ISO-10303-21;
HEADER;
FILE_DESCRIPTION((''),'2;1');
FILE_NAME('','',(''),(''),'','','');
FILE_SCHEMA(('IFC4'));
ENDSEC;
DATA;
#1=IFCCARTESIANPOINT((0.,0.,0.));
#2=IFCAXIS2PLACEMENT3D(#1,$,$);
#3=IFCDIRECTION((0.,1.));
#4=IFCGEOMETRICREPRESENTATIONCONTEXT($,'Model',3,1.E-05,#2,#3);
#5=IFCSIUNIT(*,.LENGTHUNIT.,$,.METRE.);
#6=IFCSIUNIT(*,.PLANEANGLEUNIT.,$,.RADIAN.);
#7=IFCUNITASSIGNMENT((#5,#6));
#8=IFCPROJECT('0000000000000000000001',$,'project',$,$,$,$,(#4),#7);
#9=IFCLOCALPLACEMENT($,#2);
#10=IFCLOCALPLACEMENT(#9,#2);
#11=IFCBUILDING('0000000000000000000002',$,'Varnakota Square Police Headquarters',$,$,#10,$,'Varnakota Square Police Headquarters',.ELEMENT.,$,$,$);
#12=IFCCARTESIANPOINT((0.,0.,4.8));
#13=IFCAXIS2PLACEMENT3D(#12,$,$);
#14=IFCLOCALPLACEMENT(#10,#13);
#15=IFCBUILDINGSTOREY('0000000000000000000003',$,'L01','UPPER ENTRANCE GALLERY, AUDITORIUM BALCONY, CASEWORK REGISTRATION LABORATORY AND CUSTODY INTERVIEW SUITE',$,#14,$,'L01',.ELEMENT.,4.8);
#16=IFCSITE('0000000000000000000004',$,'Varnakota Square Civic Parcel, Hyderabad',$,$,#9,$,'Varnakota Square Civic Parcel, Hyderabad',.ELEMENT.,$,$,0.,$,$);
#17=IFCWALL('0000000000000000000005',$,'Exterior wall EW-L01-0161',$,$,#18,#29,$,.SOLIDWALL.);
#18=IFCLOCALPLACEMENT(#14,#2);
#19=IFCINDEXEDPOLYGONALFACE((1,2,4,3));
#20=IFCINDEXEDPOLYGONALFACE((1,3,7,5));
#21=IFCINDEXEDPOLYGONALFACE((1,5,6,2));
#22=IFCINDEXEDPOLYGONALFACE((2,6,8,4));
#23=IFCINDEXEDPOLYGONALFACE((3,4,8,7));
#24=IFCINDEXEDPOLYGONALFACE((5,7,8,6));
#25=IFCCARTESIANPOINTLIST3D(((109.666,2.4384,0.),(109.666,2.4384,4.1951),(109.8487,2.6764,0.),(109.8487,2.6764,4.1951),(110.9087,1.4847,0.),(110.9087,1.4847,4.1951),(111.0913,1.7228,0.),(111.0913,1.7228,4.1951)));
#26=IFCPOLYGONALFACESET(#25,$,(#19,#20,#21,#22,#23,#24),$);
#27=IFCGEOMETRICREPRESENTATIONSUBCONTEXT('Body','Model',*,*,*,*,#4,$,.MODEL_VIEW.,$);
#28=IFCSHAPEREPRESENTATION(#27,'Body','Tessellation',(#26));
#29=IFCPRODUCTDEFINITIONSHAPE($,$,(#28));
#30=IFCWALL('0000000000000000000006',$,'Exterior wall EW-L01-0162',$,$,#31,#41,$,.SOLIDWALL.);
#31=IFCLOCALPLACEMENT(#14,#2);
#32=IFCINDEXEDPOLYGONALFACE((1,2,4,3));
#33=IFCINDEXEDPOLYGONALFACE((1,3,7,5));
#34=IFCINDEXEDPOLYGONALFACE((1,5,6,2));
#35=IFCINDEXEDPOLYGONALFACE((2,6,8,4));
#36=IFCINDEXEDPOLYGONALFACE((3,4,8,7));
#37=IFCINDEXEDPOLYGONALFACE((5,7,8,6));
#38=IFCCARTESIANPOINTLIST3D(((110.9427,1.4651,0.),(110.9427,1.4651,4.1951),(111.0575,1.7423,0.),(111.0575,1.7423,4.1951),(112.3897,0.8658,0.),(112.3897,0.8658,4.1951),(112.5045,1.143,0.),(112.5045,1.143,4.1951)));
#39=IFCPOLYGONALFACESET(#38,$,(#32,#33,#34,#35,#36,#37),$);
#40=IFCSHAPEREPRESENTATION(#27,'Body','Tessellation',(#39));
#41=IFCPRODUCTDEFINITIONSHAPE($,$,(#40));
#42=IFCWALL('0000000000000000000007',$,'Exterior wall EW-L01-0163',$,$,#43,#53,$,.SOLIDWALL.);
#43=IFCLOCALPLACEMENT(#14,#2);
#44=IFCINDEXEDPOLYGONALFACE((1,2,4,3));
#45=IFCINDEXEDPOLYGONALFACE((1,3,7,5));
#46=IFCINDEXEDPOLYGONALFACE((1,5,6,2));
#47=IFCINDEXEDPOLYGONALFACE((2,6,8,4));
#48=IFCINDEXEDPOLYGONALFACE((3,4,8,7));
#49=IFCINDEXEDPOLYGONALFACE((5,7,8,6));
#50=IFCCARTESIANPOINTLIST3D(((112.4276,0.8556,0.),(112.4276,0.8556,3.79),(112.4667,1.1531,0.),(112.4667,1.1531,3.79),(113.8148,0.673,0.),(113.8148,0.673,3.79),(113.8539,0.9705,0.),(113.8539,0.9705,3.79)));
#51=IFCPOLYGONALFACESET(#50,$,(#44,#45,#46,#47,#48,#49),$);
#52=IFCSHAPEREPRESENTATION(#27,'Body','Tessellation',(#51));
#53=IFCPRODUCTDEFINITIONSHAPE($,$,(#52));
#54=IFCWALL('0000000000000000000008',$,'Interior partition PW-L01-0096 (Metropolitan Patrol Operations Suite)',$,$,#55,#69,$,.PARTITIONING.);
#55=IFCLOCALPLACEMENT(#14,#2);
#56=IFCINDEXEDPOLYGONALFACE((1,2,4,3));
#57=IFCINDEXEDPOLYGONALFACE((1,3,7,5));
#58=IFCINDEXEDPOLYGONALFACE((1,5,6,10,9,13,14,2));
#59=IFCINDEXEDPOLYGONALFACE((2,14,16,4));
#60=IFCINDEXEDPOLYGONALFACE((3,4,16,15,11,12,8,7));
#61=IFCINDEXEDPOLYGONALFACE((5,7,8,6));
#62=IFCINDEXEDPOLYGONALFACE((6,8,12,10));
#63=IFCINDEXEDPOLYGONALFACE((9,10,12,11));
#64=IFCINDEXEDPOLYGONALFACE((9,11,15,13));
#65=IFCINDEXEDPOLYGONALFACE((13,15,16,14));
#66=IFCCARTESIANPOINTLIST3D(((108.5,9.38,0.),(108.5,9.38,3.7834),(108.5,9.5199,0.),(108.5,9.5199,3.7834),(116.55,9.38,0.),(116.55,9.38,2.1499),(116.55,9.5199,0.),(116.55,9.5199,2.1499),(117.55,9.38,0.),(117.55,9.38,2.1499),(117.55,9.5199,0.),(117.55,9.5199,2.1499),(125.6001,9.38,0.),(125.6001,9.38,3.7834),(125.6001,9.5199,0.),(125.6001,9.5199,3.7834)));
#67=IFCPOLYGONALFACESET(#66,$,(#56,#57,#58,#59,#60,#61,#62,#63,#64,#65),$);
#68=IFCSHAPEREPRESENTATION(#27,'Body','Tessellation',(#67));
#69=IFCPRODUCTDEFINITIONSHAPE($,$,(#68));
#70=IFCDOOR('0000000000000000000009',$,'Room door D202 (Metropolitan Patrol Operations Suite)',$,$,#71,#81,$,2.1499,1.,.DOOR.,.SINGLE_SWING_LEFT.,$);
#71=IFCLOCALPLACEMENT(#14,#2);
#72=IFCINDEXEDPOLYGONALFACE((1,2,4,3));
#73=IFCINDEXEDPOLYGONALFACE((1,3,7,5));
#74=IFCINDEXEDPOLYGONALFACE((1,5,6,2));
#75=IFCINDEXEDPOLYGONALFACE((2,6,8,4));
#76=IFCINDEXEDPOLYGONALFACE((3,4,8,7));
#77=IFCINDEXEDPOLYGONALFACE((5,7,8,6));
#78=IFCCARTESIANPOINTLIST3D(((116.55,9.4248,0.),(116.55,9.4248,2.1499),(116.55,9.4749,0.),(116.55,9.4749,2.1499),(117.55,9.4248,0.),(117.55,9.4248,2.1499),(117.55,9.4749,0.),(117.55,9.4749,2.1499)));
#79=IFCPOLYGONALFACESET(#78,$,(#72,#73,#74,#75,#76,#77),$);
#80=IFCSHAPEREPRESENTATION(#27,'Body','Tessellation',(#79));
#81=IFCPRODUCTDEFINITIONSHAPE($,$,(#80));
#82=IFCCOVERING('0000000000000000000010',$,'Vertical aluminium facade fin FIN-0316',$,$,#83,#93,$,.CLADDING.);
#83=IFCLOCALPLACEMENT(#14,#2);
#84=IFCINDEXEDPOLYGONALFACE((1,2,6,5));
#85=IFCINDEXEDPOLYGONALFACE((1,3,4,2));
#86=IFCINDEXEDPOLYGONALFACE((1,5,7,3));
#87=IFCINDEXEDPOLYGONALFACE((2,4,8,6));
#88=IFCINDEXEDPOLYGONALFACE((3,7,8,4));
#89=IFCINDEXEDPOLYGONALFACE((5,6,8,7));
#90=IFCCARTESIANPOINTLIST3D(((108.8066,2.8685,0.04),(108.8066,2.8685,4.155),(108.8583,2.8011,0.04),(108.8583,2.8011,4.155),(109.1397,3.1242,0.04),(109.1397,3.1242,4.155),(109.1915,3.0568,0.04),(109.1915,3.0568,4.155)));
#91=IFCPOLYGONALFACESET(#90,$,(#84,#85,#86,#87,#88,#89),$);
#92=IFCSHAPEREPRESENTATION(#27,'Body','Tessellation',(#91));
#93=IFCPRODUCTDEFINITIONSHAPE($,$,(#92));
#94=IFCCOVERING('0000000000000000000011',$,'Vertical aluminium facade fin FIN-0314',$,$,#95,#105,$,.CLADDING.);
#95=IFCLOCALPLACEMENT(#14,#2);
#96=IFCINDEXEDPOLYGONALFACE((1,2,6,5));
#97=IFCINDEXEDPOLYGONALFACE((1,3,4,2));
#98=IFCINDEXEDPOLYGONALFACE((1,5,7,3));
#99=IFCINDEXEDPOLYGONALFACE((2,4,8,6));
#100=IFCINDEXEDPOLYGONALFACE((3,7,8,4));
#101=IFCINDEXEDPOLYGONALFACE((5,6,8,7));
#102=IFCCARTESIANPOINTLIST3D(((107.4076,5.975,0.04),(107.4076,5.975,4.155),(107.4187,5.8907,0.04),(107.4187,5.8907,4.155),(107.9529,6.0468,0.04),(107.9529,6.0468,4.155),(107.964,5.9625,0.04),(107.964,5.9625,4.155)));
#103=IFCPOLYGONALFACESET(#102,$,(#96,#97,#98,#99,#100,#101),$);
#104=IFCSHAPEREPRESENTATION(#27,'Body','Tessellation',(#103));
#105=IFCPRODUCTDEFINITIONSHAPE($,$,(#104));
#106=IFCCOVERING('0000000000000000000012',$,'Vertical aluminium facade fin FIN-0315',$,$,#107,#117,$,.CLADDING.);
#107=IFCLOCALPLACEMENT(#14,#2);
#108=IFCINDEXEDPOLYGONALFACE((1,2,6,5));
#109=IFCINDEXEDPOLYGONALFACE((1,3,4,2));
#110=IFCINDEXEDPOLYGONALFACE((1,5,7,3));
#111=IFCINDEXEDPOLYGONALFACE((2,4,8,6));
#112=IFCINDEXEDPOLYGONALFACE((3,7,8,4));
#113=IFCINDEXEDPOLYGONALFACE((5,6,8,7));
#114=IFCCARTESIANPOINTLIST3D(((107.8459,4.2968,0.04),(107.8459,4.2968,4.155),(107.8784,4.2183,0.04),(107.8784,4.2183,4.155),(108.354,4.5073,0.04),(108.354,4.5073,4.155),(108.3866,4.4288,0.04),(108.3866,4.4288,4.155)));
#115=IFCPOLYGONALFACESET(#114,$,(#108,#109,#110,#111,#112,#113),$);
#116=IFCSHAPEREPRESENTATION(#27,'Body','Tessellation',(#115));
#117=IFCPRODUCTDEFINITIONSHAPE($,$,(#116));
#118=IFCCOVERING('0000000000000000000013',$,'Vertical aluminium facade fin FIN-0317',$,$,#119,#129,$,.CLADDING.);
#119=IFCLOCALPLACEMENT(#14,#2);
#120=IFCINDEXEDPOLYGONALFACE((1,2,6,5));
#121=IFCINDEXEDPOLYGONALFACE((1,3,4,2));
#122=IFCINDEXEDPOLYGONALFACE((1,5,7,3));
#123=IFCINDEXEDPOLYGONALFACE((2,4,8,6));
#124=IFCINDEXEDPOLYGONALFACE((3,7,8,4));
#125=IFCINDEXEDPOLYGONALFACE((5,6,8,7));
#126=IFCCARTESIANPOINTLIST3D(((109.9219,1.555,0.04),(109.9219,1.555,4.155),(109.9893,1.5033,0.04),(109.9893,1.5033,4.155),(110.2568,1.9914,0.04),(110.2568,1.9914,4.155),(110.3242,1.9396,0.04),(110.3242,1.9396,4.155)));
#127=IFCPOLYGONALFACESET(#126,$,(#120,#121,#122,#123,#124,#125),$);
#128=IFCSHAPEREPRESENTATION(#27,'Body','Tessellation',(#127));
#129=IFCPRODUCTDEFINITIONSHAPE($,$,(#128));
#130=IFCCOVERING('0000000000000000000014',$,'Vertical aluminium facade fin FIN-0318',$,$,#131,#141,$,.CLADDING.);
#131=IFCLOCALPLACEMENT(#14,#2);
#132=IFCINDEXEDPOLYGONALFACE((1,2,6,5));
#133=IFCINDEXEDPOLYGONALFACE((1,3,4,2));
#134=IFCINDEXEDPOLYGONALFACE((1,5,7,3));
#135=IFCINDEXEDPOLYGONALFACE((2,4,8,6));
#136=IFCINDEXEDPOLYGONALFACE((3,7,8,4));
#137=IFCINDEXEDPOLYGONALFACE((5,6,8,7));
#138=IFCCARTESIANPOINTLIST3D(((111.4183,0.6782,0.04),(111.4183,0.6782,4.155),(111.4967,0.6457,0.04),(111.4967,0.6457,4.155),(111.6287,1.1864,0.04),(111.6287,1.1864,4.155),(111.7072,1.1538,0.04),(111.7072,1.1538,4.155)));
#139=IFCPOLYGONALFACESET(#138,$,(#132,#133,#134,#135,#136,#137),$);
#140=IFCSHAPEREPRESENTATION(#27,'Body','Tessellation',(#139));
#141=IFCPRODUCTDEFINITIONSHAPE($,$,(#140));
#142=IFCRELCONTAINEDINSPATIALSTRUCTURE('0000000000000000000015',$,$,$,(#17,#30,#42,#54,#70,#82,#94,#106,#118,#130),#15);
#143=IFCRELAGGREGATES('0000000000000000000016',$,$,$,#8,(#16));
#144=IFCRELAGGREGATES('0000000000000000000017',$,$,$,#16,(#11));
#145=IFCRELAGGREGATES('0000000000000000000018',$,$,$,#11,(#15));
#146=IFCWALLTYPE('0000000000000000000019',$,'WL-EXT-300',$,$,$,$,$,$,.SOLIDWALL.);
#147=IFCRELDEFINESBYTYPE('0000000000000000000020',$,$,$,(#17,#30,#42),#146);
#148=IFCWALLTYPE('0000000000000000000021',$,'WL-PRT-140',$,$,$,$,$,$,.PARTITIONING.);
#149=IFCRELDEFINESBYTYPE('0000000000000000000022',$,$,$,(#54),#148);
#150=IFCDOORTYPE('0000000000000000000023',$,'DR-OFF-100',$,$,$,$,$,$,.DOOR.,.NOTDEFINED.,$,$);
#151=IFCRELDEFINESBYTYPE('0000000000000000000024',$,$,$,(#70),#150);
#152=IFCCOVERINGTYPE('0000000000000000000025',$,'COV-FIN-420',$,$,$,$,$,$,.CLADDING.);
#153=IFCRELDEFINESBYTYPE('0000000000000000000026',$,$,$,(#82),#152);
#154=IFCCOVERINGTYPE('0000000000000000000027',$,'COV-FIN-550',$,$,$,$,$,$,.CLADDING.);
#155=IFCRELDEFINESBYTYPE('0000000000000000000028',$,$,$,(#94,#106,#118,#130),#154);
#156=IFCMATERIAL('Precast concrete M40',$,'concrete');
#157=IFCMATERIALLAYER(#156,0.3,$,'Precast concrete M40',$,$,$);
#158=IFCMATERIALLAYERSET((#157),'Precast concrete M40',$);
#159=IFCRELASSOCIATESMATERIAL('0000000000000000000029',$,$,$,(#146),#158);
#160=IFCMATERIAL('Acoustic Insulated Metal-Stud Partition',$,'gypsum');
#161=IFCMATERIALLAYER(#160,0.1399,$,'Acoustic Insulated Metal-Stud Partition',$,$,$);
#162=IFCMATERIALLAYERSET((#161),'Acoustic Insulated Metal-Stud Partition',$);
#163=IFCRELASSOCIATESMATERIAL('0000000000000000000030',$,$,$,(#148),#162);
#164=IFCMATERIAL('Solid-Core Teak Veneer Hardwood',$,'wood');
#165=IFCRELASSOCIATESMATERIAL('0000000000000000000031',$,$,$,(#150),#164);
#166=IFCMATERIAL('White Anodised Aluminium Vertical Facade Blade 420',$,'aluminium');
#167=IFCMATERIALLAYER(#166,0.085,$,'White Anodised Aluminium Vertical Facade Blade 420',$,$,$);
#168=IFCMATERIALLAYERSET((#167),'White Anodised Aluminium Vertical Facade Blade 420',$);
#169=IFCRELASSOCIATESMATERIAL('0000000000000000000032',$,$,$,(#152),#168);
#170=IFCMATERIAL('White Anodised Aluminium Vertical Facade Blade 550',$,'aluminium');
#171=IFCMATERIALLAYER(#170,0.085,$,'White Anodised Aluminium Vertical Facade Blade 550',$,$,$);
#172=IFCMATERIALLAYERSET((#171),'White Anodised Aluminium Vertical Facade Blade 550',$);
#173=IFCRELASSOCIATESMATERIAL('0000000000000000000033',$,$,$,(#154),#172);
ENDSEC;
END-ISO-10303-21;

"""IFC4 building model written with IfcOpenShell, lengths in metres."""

from ifc_helpers import new_model, si_unit, direction, frame, frame_2d, origin, origin_2d, place, context, subcontext, project, spatial, rectangle, extrude, material, layer, layer_set, type_object, element, fill, save


model = new_model("IFC4")

# Units and contexts
model_context = context("Model", 3, precision=1e-05, world=origin(), true_north=direction((0.0, 1.0)))
body_context = subcontext(model_context, "Body", "Model", "MODEL_VIEW")
ifc_project = project(units=[si_unit("LENGTHUNIT", "METRE"), si_unit("PLANEANGLEUNIT", "RADIAN")], contexts=[model_context])

# Site, building, storey
site_placement = place(None, origin())
site = spatial("IfcSite", under=ifc_project, at=site_placement, Name="Varnakota Square Civic Parcel, Hyderabad", LongName="Varnakota Square Civic Parcel, Hyderabad", CompositionType="ELEMENT", RefElevation=0.0)
building_placement = place(site_placement, origin())
building = spatial("IfcBuilding", under=site, at=building_placement, Name="Varnakota Square Police Headquarters", LongName="Varnakota Square Police Headquarters", CompositionType="ELEMENT")
storey_placement = place(building_placement, frame((0.0, 0.0, 4.8)))
storey = spatial("IfcBuildingStorey", under=building, at=storey_placement, Name="L01", Description="UPPER ENTRANCE GALLERY, AUDITORIUM BALCONY, CASEWORK REGISTRATION LABORATORY AND CUSTODY INTERVIEW SUITE", LongName="L01", CompositionType="ELEMENT", Elevation=4.8)

# Walls
ifc_material_1 = material(Name="Precast concrete M40", Category="concrete")
ifc_layer_1 = layer(ifc_material_1, 0.3, Name="Precast concrete M40")
ifc_layer_set_1 = layer_set([ifc_layer_1], Name="Precast concrete M40")
wall_type_1 = type_object("IfcWallType", Name="WL-EXT-300", PredefinedType="SOLIDWALL", material=ifc_layer_set_1)
for number, where, z_axis, x_axis, name in (
    (1, (109.7573, 2.5574, 0.0), (0.0, 0.0, 1.0), (0.79333, -0.608791, 0.0), "Exterior wall EW-L01-0161"),
):
    element("IfcWall", number, at=place(storey_placement, frame(where, z_axis=z_axis, x_axis=x_axis)), inside=storey, type_object=wall_type_1, Name=name, PredefinedType="SOLIDWALL", context=body_context, shape_type="SweptSolid", body=[
        extrude(rectangle(XDim=1.5664, YDim=0.3, at=frame_2d((0.7832, 0.0))), origin(), (0.0, 0.0, 1.0), 4.1951),
    ])
wall_1_placement = place(storey_placement, frame((111.0, 1.6038, 0.0), z_axis=(0.0, 0.0, 1.0), x_axis=(0.923882, -0.382678, 0.0)))
element("IfcWall", 2, at=wall_1_placement, inside=storey, type_object=wall_type_1, Name="Exterior wall EW-L01-0162", PredefinedType="SOLIDWALL", context=body_context, shape_type="SweptSolid", body=[
    extrude(rectangle(XDim=1.5662, YDim=0.3, at=frame_2d((0.7832, 0.0))), origin(), (0.0, 0.0, 1.0), 4.1951),
])
wall_2_placement = place(storey_placement, frame((112.447, 1.0044, 0.0), z_axis=(0.0, 0.0, 1.0), x_axis=(0.991446, -0.130518, 0.0)))
element("IfcWall", 3, at=wall_2_placement, inside=storey, type_object=wall_type_1, Name="Exterior wall EW-L01-0163", PredefinedType="SOLIDWALL", context=body_context, shape_type="SweptSolid", body=[
    extrude(rectangle(XDim=1.3992, YDim=0.3, at=frame_2d((0.6997, 0.0))), origin(), (0.0, 0.0, 1.0), 3.79),
])

# Wall, opening, door
ifc_material_2 = material(Name="Acoustic Insulated Metal-Stud Partition", Category="gypsum")
ifc_layer_2 = layer(ifc_material_2, 0.1399, Name="Acoustic Insulated Metal-Stud Partition")
ifc_layer_set_2 = layer_set([ifc_layer_2], Name="Acoustic Insulated Metal-Stud Partition")
wall_type_2 = type_object("IfcWallType", Name="WL-PRT-140", PredefinedType="PARTITIONING", material=ifc_layer_set_2)
wall_3_placement = place(storey_placement, frame((108.5, 9.45, 0.0), z_axis=(0.0, 0.0, 1.0), x_axis=(1.0, 0.0, 0.0)))
wall_3 = element("IfcWall", 4, at=wall_3_placement, inside=storey, type_object=wall_type_2, Name="Interior partition PW-L01-0096 (Metropolitan Patrol Operations Suite)", PredefinedType="PARTITIONING", context=body_context, shape_type="SweptSolid", body=[
    extrude(rectangle(XDim=17.1001, YDim=0.1399, at=frame_2d((8.55, 0.0))), origin(), (0.0, 0.0, 1.0), 3.7834),
])
opening_1_placement = place(wall_3_placement, frame((8.05, 0.0, 0.0)))
opening_1 = element("IfcOpeningElement", 5, at=opening_1_placement, cuts=wall_3, PredefinedType="OPENING", context=body_context, shape_type="SweptSolid", body=[
    extrude(rectangle(XDim=1.0, YDim=2.1499, at=frame_2d((0.5, 1.075))), frame((0.0, 0.0798, 0.0), z_axis=(0.0, -1.0, 0.0), x_axis=(1.0, 0.0, 0.0)), (0.0, 0.0, 1.0), 0.1599),
])
ifc_material_3 = material(Name="Solid-Core Teak Veneer Hardwood", Category="wood")
door_type = type_object("IfcDoorType", Name="DR-OFF-100", OperationType="NOTDEFINED", PredefinedType="DOOR", material=ifc_material_3)
door_placement = place(opening_1_placement, origin())
door = element("IfcDoor", 6, at=door_placement, inside=storey, type_object=door_type, Name="Room door D202 (Metropolitan Patrol Operations Suite)", OperationType="SINGLE_SWING_LEFT", OverallHeight=2.1499, OverallWidth=1.0, PredefinedType="DOOR", context=body_context, shape_type="SweptSolid", body=[
    extrude(rectangle(XDim=1.0, YDim=2.1499, at=frame_2d((0.5, 1.075))), frame((0.0, 0.0249, 0.0), z_axis=(0.0, -1.0, 0.0), x_axis=(1.0, 0.0, 0.0)), (0.0, 0.0, 1.0), 0.05),
])
fill(opening_1, door)

# Coverings
ifc_material_4 = material(Name="White Anodised Aluminium Vertical Facade Blade 420", Category="aluminium")
ifc_layer_3 = layer(ifc_material_4, 0.085, Name="White Anodised Aluminium Vertical Facade Blade 420")
ifc_layer_set_3 = layer_set([ifc_layer_3], Name="White Anodised Aluminium Vertical Facade Blade 420")
covering_type_1 = type_object("IfcCoveringType", Name="COV-FIN-420", PredefinedType="CLADDING", material=ifc_layer_set_3)
covering_placement = place(storey_placement, frame((108.999, 2.9626, 0.04), z_axis=(0.0, 0.0, 1.0), x_axis=(0.608761, -0.793353, 0.0)))
element("IfcCovering", 7, at=covering_placement, inside=storey, type_object=covering_type_1, Name="Vertical aluminium facade fin FIN-0316", PredefinedType="CLADDING", context=body_context, shape_type="SweptSolid", body=[
    extrude(rectangle(XDim=0.085, YDim=0.4199, at=origin_2d()), origin(), (0.0, 0.0, 1.0), 4.115),
])
ifc_material_5 = material(Name="White Anodised Aluminium Vertical Facade Blade 550", Category="aluminium")
ifc_layer_4 = layer(ifc_material_5, 0.085, Name="White Anodised Aluminium Vertical Facade Blade 550")
ifc_layer_set_4 = layer_set([ifc_layer_4], Name="White Anodised Aluminium Vertical Facade Blade 550")
covering_type_2 = type_object("IfcCoveringType", Name="COV-FIN-550", PredefinedType="CLADDING", material=ifc_layer_set_4)
for number, where, z_axis, x_axis, name in (
    (8, (107.6858, 5.9688, 0.04), (0.0, 0.0, 1.0), (0.130526, -0.991445, 0.0), "Vertical aluminium facade fin FIN-0314"),
    (9, (108.1162, 4.3628, 0.04), (0.0, 0.0, 1.0), (0.382683, -0.92388, 0.0), "Vertical aluminium facade fin FIN-0315"),
    (10, (110.123, 1.7473, 0.04), (0.0, 0.0, 1.0), (0.793353, -0.608761, 0.0), "Vertical aluminium facade fin FIN-0317"),
    (11, (111.5627, 0.916, 0.04), (0.0, 0.0, 1.0), (0.92388, -0.382683, 0.0), "Vertical aluminium facade fin FIN-0318"),
):
    element("IfcCovering", number, at=place(storey_placement, frame(where, z_axis=z_axis, x_axis=x_axis)), inside=storey, type_object=covering_type_2, Name=name, PredefinedType="CLADDING", context=body_context, shape_type="SweptSolid", body=[
        extrude(rectangle(XDim=0.085, YDim=0.55, at=origin_2d()), origin(), (0.0, 0.0, 1.0), 4.115),
    ])

save(model, "model.ifc")
